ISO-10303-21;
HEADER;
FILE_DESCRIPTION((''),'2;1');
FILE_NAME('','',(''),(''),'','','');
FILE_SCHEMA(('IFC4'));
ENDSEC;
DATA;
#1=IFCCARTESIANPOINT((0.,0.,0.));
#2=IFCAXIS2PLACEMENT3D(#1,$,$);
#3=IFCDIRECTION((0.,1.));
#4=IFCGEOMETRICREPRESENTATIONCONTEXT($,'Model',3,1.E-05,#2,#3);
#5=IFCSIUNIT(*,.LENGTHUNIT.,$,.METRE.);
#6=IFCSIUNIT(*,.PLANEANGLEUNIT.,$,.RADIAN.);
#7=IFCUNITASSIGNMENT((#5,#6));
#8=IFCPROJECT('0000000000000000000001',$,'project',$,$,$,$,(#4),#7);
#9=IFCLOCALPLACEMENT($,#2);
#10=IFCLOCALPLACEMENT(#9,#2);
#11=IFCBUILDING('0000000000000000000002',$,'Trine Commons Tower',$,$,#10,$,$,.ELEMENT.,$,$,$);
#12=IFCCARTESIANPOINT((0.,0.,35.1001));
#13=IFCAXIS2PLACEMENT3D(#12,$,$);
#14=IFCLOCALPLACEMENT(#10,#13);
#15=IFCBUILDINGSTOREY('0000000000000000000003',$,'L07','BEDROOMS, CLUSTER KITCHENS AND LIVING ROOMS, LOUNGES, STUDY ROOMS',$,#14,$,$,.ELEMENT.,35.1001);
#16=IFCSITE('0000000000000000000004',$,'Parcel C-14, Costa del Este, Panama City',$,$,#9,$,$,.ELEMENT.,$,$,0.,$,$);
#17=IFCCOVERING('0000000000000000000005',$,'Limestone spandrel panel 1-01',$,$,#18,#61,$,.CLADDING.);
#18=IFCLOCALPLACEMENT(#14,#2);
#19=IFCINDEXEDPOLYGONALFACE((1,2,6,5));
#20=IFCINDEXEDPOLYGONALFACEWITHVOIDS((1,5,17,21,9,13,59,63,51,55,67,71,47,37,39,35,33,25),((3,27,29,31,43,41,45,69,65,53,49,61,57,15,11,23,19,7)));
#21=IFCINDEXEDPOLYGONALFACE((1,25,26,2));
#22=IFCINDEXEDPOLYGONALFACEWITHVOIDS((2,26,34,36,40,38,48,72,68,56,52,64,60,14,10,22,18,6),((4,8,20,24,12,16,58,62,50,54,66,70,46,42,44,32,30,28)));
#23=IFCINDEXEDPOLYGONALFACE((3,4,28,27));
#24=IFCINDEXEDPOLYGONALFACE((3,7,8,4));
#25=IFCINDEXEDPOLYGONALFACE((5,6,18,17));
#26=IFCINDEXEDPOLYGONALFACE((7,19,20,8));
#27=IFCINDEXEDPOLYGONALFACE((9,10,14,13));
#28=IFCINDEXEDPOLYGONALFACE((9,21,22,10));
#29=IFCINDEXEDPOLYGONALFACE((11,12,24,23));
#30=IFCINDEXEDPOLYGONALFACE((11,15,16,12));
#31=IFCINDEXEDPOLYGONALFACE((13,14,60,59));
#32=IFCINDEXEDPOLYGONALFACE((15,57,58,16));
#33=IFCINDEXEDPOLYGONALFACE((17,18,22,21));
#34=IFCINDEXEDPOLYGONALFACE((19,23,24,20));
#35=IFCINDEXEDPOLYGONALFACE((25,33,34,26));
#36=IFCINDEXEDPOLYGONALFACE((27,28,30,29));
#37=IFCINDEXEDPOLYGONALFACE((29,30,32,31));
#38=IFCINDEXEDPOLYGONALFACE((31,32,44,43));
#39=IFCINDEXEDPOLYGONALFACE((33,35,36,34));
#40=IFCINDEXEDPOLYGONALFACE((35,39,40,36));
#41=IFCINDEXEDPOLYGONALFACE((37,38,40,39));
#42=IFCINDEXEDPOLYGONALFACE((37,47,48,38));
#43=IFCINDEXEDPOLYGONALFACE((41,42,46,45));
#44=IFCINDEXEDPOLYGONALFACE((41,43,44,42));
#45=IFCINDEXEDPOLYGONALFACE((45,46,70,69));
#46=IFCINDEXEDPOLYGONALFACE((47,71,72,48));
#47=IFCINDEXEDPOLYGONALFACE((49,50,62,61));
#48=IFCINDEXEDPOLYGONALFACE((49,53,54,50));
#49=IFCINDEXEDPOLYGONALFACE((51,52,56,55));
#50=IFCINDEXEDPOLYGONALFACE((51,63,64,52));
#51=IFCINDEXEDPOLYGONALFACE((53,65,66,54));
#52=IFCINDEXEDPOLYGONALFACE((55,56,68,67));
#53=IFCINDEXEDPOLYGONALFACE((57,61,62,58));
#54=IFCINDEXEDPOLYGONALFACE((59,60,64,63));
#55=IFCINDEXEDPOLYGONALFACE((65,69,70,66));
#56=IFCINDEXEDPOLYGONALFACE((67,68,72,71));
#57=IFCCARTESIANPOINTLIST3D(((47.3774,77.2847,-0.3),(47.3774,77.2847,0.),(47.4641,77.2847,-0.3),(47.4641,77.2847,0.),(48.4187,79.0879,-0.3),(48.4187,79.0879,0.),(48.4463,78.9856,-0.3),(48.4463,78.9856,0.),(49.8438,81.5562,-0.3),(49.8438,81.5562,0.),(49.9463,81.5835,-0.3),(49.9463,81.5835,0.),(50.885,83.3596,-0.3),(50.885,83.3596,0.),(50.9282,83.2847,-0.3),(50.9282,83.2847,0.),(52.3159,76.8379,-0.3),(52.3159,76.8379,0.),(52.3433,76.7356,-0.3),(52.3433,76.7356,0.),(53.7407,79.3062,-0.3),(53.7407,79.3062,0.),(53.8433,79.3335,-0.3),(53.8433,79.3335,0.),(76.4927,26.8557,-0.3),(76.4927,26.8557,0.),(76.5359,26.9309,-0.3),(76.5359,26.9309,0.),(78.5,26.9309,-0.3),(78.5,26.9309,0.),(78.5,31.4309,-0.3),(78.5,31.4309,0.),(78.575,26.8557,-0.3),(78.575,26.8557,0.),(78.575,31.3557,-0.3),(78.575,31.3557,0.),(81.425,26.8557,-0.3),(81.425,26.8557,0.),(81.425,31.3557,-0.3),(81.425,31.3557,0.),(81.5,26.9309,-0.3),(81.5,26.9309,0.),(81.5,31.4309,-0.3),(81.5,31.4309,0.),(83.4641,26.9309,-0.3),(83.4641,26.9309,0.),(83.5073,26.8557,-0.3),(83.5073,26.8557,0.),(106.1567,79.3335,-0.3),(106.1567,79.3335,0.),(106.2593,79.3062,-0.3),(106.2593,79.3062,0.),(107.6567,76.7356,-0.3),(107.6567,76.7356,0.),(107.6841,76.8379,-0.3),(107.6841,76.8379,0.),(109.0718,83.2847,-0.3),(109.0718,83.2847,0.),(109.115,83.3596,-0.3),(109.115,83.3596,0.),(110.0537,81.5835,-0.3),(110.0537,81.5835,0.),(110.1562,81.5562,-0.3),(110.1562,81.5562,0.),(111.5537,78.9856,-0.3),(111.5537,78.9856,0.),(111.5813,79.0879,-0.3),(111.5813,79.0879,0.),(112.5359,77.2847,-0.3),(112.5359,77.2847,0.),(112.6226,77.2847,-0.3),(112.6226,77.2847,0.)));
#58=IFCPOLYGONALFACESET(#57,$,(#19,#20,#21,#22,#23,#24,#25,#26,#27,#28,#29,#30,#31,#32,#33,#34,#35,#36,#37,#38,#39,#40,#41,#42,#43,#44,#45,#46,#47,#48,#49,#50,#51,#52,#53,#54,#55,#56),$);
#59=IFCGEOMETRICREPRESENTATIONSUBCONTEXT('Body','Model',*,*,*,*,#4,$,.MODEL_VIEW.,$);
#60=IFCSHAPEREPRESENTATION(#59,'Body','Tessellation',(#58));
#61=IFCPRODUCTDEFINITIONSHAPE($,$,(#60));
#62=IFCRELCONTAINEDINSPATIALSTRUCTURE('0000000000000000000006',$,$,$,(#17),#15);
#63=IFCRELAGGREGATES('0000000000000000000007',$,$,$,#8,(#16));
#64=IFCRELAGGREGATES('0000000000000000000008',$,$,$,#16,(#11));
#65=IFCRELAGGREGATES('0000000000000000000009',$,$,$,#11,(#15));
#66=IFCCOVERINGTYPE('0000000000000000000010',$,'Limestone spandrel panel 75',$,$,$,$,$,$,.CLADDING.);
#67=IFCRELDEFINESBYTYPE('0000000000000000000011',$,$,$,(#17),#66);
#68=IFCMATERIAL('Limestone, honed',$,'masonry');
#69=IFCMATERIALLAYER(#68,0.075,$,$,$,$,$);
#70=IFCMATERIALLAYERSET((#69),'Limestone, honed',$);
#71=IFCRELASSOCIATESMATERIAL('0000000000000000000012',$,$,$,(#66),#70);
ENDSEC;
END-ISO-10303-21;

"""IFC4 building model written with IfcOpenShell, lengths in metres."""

from ifc_helpers import new_model, si_unit, direction, frame, origin, place, context, subcontext, project, spatial, polyline, outline, extrude, material, layer, layer_set, type_object, element, save


model = new_model("IFC4")

# Units and contexts
model_context = context("Model", 3, precision=1e-05, world=origin(), true_north=direction((0.0, 1.0)))
body_context = subcontext(model_context, "Body", "Model", "MODEL_VIEW")
ifc_project = project(units=[si_unit("LENGTHUNIT", "METRE"), si_unit("PLANEANGLEUNIT", "RADIAN")], contexts=[model_context])

# Site, building, storey
site_placement = place(None, origin())
site = spatial("IfcSite", under=ifc_project, at=site_placement, Name="Parcel C-14, Costa del Este, Panama City", CompositionType="ELEMENT", RefElevation=0.0)
building_placement = place(site_placement, origin())
building = spatial("IfcBuilding", under=site, at=building_placement, Name="Trine Commons Tower", CompositionType="ELEMENT")
storey_placement = place(building_placement, frame((0.0, 0.0, 35.1001)))
storey = spatial("IfcBuildingStorey", under=building, at=storey_placement, Name="L07", Description="BEDROOMS, CLUSTER KITCHENS AND LIVING ROOMS, LOUNGES, STUDY ROOMS", CompositionType="ELEMENT", Elevation=35.1001)

# Covering
ifc_material_1 = material(Name="Limestone, honed", Category="masonry")
ifc_layer_1 = layer(ifc_material_1, 0.075)
ifc_layer_set_1 = layer_set([ifc_layer_1], Name="Limestone, honed")
covering_type_1 = type_object("IfcCoveringType", Name="Limestone spandrel panel 75", PredefinedType="CLADDING", material=ifc_layer_set_1)
covering_1_placement = place(storey_placement, frame((0.0, 0.0, -0.3)))
element("IfcCovering", 1, at=covering_1_placement, inside=storey, type_object=covering_type_1, Name="Limestone spandrel panel 1-01", PredefinedType="CLADDING", context=body_context, shape_type="SweptSolid", body=[
    extrude(outline(polyline([(81.425, 31.3557), (81.425, 26.8557), (83.5073, 26.8557), (112.6226, 77.2847), (111.5813, 79.0879), (107.6841, 76.8379), (106.2593, 79.3062), (110.1562, 81.5562), (109.115, 83.3596), (50.885, 83.3596), (49.8438, 81.5562), (53.7407, 79.3062), (52.3159, 76.8379), (48.4187, 79.0879), (47.3774, 77.2847), (76.4927, 26.8557), (78.575, 26.8557), (78.575, 31.3557), (81.425, 31.3557)]), holes=[polyline([(111.5537, 78.9856), (112.5359, 77.2847), (83.4641, 26.9309), (81.5, 26.9309), (81.5, 31.4309), (78.5, 31.4309), (78.5, 26.9309), (76.5359, 26.9309), (47.4641, 77.2847), (48.4463, 78.9856), (52.3433, 76.7356), (53.8433, 79.3335), (49.9463, 81.5835), (50.9282, 83.2847), (109.0718, 83.2847), (110.0537, 81.5835), (106.1567, 79.3335), (107.6567, 76.7356), (111.5537, 78.9856)])]), origin(), (0.0, 0.0, 1.0), 0.3),
])

save(model, "model.ifc")
